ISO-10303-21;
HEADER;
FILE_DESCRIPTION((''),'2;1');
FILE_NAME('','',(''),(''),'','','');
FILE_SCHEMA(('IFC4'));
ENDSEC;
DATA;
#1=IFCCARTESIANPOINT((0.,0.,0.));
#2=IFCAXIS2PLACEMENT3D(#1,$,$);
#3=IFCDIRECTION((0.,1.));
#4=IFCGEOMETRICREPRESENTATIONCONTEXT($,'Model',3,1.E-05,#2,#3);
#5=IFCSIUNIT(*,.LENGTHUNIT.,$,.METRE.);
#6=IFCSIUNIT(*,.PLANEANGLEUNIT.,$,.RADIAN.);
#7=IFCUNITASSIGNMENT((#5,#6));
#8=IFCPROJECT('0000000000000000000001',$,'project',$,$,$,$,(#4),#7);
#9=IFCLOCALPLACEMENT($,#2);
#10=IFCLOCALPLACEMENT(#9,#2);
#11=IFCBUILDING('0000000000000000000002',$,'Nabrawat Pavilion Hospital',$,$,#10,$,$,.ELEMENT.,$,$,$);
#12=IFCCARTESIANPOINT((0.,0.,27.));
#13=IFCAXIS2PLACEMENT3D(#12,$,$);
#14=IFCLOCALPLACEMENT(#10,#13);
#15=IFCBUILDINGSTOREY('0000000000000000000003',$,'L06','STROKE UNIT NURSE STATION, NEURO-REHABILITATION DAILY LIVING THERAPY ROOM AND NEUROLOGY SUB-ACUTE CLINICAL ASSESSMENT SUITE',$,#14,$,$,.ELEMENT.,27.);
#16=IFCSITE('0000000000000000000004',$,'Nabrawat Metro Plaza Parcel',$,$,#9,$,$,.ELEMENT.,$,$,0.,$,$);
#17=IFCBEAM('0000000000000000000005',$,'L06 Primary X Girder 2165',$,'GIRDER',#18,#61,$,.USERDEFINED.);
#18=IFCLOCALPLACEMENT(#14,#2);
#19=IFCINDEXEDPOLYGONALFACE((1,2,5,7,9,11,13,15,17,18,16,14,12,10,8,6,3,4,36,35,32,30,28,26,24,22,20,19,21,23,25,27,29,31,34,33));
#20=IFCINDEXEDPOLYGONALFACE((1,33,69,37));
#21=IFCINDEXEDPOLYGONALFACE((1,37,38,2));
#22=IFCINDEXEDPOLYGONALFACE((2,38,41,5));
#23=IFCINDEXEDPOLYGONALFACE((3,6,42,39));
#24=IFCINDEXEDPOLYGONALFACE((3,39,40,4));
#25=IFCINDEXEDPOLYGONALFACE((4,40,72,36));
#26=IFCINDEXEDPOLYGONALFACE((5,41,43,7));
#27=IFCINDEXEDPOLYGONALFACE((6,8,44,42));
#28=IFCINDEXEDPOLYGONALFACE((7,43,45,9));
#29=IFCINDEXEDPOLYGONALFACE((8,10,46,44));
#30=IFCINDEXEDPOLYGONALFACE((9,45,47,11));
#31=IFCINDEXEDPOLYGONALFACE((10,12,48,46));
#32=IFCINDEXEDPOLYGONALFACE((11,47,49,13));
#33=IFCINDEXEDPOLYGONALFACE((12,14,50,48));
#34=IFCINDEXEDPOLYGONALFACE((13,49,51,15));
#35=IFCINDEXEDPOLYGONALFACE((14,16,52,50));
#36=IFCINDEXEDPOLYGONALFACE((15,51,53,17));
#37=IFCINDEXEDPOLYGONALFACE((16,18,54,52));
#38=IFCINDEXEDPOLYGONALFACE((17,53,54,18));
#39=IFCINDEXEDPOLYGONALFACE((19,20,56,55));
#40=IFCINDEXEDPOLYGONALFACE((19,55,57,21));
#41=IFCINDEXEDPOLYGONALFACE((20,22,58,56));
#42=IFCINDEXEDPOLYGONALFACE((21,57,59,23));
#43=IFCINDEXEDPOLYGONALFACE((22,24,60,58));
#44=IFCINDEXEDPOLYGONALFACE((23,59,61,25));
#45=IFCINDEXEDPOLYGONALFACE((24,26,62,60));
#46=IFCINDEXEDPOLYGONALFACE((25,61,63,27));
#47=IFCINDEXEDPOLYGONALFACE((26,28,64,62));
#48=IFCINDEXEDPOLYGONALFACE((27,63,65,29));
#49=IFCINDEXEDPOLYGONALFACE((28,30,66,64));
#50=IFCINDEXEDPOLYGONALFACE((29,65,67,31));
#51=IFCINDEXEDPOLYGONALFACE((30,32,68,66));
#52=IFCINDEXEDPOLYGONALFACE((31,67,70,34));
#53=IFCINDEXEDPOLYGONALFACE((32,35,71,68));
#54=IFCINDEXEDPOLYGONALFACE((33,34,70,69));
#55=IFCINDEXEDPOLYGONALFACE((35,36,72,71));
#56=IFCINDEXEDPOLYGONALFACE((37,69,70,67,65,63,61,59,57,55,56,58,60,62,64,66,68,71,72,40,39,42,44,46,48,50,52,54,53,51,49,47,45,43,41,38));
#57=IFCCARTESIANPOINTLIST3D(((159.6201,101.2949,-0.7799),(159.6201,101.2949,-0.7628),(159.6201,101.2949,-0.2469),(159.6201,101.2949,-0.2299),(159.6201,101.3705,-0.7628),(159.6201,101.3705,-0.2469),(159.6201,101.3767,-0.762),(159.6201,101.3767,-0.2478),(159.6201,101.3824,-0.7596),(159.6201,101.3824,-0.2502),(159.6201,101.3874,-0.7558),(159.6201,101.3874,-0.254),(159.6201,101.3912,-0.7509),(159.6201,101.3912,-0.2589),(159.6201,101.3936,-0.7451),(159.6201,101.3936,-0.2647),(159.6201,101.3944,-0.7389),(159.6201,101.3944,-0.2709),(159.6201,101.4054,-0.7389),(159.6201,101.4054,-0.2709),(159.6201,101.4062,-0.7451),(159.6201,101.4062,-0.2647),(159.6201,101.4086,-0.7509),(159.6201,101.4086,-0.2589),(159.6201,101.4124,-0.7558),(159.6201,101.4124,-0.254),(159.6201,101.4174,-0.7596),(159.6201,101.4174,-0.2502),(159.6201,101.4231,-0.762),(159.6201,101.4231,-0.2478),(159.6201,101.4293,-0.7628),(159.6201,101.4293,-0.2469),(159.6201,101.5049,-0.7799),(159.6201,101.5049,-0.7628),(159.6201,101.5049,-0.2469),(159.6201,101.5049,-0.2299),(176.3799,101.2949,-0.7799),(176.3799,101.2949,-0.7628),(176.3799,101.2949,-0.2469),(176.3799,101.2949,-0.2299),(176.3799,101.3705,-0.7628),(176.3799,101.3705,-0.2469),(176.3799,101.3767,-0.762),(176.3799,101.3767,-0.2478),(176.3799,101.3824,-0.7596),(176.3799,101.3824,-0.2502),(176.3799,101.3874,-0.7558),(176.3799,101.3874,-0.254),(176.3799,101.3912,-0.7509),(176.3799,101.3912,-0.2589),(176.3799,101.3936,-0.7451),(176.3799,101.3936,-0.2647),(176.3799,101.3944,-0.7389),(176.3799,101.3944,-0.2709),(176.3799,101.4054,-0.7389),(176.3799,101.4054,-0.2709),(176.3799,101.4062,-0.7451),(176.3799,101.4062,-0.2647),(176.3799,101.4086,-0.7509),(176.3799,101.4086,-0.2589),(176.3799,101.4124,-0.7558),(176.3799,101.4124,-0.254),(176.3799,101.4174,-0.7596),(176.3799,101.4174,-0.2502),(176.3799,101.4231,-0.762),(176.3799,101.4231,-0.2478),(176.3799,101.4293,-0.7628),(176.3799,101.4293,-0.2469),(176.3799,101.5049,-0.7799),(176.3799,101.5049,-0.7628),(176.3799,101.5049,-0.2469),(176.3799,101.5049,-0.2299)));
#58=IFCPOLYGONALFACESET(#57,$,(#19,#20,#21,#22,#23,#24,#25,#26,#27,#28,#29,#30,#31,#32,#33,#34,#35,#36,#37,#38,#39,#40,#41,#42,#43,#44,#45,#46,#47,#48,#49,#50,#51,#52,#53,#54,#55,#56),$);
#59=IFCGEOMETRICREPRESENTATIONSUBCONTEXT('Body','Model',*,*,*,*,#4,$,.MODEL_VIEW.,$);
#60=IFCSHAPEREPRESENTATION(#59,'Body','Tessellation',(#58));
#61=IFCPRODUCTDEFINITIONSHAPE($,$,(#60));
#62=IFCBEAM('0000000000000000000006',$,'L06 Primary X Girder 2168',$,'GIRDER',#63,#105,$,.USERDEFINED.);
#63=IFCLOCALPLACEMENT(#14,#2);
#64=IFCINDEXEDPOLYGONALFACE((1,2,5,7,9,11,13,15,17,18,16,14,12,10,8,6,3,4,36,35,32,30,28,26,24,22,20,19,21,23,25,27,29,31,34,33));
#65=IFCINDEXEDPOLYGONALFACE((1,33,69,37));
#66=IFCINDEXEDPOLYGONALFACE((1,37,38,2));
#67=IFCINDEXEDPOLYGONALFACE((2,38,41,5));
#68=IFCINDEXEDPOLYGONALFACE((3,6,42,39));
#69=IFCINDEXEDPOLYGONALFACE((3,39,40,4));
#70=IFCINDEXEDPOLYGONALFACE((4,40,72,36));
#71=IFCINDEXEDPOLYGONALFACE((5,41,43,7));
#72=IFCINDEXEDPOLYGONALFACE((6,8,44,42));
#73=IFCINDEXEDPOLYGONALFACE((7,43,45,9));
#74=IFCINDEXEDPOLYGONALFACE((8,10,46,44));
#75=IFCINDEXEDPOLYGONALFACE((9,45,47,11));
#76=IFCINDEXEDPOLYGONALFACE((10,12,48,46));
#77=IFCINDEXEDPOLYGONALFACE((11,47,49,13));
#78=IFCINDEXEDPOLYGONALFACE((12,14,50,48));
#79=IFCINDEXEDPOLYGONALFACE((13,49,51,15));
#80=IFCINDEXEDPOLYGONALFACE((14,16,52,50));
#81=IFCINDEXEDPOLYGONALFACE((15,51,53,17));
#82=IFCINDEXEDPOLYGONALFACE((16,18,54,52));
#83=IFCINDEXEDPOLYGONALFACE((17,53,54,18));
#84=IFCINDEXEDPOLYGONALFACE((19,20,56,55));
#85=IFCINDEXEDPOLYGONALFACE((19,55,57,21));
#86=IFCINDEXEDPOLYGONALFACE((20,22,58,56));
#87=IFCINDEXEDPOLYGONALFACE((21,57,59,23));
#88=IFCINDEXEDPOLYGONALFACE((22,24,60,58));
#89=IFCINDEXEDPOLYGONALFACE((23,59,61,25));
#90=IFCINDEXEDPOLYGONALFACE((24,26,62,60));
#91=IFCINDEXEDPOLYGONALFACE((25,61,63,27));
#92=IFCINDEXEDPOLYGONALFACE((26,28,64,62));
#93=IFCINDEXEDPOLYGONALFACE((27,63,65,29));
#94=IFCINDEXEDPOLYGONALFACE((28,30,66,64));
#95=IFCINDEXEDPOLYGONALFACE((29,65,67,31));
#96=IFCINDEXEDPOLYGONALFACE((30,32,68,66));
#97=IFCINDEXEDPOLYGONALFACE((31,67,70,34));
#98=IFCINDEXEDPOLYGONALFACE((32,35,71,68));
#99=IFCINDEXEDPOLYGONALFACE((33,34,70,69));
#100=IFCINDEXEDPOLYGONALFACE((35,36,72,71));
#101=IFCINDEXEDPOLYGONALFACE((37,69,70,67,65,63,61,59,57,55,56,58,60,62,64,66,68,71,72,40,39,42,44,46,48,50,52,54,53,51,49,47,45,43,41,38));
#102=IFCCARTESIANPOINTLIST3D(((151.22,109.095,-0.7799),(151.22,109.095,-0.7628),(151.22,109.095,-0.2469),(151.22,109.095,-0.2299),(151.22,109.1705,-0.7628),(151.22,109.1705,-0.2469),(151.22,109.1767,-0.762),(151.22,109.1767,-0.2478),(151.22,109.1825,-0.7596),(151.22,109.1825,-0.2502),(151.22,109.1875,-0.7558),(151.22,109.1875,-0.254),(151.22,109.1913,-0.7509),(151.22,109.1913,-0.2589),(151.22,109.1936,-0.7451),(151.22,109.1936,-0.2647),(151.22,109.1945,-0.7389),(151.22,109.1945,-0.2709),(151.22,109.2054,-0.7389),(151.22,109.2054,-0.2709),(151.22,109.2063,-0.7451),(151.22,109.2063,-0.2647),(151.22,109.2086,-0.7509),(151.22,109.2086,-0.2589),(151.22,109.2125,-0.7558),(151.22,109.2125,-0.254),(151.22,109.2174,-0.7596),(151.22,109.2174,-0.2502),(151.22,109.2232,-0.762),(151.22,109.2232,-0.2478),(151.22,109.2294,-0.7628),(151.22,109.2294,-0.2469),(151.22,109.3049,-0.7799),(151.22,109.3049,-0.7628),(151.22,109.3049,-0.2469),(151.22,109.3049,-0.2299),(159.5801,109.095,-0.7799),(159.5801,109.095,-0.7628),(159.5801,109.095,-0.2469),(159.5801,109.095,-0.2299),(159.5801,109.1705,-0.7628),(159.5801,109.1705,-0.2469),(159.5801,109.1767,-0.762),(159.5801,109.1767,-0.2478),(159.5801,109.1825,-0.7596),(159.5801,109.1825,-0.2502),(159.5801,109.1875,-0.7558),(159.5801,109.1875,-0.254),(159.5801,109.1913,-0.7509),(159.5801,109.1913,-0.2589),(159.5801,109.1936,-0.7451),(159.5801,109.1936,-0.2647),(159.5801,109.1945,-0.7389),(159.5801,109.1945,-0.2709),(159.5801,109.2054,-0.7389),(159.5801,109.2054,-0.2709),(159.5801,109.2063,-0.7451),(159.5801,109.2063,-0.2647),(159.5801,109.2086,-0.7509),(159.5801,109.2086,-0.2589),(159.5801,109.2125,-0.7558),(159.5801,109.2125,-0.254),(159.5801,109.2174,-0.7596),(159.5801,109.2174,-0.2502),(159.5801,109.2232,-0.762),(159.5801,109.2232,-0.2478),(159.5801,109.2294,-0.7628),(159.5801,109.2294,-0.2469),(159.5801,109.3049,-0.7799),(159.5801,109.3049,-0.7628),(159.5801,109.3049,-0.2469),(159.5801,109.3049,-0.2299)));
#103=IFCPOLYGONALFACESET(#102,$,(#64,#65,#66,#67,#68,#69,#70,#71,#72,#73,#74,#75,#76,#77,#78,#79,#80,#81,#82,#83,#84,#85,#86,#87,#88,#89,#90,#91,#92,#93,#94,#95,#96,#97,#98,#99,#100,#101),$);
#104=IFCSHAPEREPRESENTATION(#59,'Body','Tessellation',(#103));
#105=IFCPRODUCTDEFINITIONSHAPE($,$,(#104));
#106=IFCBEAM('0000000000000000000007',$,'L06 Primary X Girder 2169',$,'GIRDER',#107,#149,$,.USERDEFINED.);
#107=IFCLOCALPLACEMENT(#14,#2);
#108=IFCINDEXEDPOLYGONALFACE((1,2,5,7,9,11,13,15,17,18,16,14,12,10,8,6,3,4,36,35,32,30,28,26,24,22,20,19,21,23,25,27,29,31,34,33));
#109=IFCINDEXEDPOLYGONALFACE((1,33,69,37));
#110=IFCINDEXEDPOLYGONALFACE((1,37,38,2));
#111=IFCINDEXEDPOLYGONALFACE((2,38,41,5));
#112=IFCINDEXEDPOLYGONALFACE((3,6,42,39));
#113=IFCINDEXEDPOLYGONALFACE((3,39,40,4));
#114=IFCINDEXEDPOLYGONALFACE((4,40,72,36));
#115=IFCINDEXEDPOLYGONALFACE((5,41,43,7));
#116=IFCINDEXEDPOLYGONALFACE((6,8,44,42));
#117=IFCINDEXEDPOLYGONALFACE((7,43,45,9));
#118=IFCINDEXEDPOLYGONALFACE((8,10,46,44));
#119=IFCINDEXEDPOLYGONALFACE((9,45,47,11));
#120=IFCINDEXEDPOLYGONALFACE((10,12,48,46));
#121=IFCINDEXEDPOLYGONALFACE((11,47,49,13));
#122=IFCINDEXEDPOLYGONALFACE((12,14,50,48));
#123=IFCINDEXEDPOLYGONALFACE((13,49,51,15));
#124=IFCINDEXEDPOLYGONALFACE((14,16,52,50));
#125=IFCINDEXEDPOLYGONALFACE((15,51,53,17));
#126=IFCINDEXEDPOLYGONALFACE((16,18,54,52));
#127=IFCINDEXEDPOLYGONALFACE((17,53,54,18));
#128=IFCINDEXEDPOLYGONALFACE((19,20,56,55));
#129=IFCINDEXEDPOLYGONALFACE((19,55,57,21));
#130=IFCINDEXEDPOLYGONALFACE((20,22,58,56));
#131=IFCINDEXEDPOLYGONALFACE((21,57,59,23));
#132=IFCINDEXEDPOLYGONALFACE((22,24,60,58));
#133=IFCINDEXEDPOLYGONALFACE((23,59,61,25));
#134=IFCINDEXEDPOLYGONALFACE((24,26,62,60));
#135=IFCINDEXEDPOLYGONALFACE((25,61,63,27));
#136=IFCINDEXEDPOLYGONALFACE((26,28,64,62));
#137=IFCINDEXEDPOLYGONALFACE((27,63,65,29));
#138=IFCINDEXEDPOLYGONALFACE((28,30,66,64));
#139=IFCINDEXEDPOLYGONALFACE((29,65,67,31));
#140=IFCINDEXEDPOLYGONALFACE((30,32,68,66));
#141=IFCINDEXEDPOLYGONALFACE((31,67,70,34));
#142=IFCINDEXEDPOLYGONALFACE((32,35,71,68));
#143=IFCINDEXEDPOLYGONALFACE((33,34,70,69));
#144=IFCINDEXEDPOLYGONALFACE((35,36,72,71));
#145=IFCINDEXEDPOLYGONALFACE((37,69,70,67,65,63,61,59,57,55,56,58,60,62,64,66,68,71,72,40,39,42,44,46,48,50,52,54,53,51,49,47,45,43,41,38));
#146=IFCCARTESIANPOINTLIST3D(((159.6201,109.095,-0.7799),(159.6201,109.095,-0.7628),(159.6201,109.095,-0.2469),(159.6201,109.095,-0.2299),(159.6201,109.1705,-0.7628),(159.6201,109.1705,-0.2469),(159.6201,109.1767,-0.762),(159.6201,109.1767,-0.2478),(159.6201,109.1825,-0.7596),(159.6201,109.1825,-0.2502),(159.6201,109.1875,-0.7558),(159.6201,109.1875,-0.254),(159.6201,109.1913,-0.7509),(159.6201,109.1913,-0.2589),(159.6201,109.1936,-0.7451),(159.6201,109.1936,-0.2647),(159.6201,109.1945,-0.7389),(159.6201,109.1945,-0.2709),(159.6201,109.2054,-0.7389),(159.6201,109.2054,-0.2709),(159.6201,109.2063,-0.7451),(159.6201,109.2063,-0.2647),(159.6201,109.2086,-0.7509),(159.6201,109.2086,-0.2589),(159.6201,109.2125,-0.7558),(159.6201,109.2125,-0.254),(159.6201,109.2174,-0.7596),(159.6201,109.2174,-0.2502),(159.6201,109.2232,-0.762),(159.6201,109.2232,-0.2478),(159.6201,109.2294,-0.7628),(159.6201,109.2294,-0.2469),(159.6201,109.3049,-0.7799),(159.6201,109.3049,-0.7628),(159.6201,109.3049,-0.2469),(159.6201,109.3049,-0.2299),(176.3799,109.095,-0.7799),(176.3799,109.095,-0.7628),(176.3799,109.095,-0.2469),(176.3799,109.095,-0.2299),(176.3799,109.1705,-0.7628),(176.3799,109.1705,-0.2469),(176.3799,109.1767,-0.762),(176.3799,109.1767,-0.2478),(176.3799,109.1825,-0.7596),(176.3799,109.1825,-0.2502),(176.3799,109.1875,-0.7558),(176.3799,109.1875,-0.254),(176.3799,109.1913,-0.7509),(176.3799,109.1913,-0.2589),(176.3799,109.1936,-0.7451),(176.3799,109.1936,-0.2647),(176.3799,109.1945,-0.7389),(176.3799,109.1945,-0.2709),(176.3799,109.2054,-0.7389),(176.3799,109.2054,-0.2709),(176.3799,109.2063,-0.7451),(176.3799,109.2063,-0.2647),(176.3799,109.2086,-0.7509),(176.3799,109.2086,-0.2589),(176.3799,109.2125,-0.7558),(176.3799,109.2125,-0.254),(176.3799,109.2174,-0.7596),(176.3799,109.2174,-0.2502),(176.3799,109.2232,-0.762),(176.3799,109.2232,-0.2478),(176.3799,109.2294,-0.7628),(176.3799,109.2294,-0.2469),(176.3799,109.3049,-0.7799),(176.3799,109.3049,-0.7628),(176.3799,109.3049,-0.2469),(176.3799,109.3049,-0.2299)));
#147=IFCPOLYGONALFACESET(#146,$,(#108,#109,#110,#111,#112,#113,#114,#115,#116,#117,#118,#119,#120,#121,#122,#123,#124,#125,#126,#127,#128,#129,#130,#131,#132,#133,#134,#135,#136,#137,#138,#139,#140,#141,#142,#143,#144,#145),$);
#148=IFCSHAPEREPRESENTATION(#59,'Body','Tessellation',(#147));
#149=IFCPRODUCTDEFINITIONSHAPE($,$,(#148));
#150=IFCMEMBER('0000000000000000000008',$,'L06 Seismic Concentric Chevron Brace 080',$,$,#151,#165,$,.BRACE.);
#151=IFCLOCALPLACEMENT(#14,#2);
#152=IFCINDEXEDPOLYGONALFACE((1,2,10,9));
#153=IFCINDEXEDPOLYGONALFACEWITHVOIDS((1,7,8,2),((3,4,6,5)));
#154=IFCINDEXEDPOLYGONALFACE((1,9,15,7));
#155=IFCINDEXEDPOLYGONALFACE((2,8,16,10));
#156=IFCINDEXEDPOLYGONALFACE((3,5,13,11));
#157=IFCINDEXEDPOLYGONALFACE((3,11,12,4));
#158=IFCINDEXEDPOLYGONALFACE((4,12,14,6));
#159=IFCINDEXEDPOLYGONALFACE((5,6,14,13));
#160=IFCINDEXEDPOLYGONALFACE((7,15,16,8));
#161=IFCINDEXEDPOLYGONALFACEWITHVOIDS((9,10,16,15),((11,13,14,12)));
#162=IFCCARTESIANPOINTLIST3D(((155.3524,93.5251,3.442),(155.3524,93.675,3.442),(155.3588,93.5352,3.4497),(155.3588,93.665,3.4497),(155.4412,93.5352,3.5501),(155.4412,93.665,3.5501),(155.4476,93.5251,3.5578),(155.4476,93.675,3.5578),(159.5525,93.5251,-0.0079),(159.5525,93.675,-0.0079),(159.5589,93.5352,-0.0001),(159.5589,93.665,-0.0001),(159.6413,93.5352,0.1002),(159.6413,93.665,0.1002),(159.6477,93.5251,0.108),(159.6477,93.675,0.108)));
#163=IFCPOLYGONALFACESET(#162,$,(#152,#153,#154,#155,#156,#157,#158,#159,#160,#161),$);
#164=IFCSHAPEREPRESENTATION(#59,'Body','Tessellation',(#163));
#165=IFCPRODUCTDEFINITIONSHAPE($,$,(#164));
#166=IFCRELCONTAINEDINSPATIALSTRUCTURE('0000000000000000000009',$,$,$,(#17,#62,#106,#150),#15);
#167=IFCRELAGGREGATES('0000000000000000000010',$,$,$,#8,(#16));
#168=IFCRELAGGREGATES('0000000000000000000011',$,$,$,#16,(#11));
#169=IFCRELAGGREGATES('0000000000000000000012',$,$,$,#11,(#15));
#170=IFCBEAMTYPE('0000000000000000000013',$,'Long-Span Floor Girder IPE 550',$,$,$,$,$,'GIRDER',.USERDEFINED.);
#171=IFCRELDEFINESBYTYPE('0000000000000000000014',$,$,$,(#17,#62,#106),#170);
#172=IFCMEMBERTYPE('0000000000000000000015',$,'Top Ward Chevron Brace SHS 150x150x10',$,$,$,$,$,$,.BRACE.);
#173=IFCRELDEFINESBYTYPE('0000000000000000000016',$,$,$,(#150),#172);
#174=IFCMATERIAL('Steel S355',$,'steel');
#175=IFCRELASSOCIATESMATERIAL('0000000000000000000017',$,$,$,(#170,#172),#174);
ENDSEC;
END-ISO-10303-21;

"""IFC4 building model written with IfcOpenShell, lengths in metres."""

from ifc_helpers import new_model, si_unit, direction, frame, origin, origin_2d, place, context, subcontext, project, spatial, hollow_rectangle, i_section, extrude, material, material_profile, profile_set, type_object, element, save


model = new_model("IFC4")

# Units and contexts
model_context = context("Model", 3, precision=1e-05, world=origin(), true_north=direction((0.0, 1.0)))
body_context = subcontext(model_context, "Body", "Model", "MODEL_VIEW")
ifc_project = project(units=[si_unit("LENGTHUNIT", "METRE"), si_unit("PLANEANGLEUNIT", "RADIAN")], contexts=[model_context])

# Site, building, storey
site_placement = place(None, origin())
site = spatial("IfcSite", under=ifc_project, at=site_placement, Name="Nabrawat Metro Plaza Parcel", CompositionType="ELEMENT", RefElevation=0.0)
building_placement = place(site_placement, origin())
building = spatial("IfcBuilding", under=site, at=building_placement, Name="Nabrawat Pavilion Hospital", CompositionType="ELEMENT")
storey_placement = place(building_placement, frame((0.0, 0.0, 27.0)))
storey = spatial("IfcBuildingStorey", under=building, at=storey_placement, Name="L06", Description="STROKE UNIT NURSE STATION, NEURO-REHABILITATION DAILY LIVING THERAPY ROOM AND NEUROLOGY SUB-ACUTE CLINICAL ASSESSMENT SUITE", CompositionType="ELEMENT", Elevation=27.0)

# Beams
ifc_material_1 = material(Name="Steel S355", Category="steel")
ifc_material_profile_1 = material_profile(ifc_material_1, i_section(OverallWidth=0.21, OverallDepth=0.55, WebThickness=0.011, FlangeThickness=0.0171, FilletRadius=0.0239, at=origin_2d()), Name="IPE 550")
ifc_profile_set_1 = profile_set([ifc_material_profile_1], Name="Steel S355")
beam_type_1 = type_object("IfcBeamType", Name="Long-Span Floor Girder IPE 550", ElementType="GIRDER", PredefinedType="USERDEFINED", material=ifc_profile_set_1)
beam_1_placement = place(storey_placement, frame((159.6201, 101.3999, -0.5049), z_axis=(1.0, 0.0, 0.0), x_axis=(0.0, 1.0, 0.0)))
element("IfcBeam", 1, at=beam_1_placement, inside=storey, type_object=beam_type_1, Name="L06 Primary X Girder 2165", ObjectType="GIRDER", PredefinedType="USERDEFINED", context=body_context, shape_type="SweptSolid", body=[
    extrude(i_section(OverallWidth=0.21, OverallDepth=0.55, WebThickness=0.011, FlangeThickness=0.0171, FilletRadius=0.0239, at=origin_2d()), origin(), (0.0, 0.0, 1.0), 16.7598),
])
beam_2_placement = place(storey_placement, frame((151.22, 109.2, -0.5049), z_axis=(1.0, 0.0, 0.0), x_axis=(0.0, 1.0, 0.0)))
element("IfcBeam", 2, at=beam_2_placement, inside=storey, type_object=beam_type_1, Name="L06 Primary X Girder 2168", ObjectType="GIRDER", PredefinedType="USERDEFINED", context=body_context, shape_type="SweptSolid", body=[
    extrude(i_section(OverallWidth=0.21, OverallDepth=0.55, WebThickness=0.011, FlangeThickness=0.0171, FilletRadius=0.0239, at=origin_2d()), origin(), (0.0, 0.0, 1.0), 8.3601),
])
beam_3_placement = place(storey_placement, frame((159.6201, 109.2, -0.5049), z_axis=(1.0, 0.0, 0.0), x_axis=(0.0, 1.0, 0.0)))
element("IfcBeam", 3, at=beam_3_placement, inside=storey, type_object=beam_type_1, Name="L06 Primary X Girder 2169", ObjectType="GIRDER", PredefinedType="USERDEFINED", context=body_context, shape_type="SweptSolid", body=[
    extrude(i_section(OverallWidth=0.21, OverallDepth=0.55, WebThickness=0.011, FlangeThickness=0.0171, FilletRadius=0.0239, at=origin_2d()), origin(), (0.0, 0.0, 1.0), 16.7598),
])

# Member
ifc_material_profile_2 = material_profile(ifc_material_1, hollow_rectangle(XDim=0.1499, YDim=0.1499, WallThickness=0.01, at=origin_2d()), Name="SHS 150x150x10")
ifc_profile_set_2 = profile_set([ifc_material_profile_2], Name="Steel S355")
member_type = type_object("IfcMemberType", Name="Top Ward Chevron Brace SHS 150x150x10", PredefinedType="BRACE", material=ifc_profile_set_2)
member_placement = place(storey_placement, frame((159.6001, 93.6001, 0.05), z_axis=(-0.772745, 0.0, 0.634716), x_axis=(0.0, -1.0, 0.0)))
element("IfcMember", 4, at=member_placement, inside=storey, type_object=member_type, Name="L06 Seismic Concentric Chevron Brace 080", PredefinedType="BRACE", context=body_context, shape_type="SweptSolid", body=[
    extrude(hollow_rectangle(XDim=0.1499, YDim=0.1499, WallThickness=0.01, at=origin_2d()), origin(), (0.0, 0.0, 1.0), 5.4353),
])

save(model, "model.ifc")
